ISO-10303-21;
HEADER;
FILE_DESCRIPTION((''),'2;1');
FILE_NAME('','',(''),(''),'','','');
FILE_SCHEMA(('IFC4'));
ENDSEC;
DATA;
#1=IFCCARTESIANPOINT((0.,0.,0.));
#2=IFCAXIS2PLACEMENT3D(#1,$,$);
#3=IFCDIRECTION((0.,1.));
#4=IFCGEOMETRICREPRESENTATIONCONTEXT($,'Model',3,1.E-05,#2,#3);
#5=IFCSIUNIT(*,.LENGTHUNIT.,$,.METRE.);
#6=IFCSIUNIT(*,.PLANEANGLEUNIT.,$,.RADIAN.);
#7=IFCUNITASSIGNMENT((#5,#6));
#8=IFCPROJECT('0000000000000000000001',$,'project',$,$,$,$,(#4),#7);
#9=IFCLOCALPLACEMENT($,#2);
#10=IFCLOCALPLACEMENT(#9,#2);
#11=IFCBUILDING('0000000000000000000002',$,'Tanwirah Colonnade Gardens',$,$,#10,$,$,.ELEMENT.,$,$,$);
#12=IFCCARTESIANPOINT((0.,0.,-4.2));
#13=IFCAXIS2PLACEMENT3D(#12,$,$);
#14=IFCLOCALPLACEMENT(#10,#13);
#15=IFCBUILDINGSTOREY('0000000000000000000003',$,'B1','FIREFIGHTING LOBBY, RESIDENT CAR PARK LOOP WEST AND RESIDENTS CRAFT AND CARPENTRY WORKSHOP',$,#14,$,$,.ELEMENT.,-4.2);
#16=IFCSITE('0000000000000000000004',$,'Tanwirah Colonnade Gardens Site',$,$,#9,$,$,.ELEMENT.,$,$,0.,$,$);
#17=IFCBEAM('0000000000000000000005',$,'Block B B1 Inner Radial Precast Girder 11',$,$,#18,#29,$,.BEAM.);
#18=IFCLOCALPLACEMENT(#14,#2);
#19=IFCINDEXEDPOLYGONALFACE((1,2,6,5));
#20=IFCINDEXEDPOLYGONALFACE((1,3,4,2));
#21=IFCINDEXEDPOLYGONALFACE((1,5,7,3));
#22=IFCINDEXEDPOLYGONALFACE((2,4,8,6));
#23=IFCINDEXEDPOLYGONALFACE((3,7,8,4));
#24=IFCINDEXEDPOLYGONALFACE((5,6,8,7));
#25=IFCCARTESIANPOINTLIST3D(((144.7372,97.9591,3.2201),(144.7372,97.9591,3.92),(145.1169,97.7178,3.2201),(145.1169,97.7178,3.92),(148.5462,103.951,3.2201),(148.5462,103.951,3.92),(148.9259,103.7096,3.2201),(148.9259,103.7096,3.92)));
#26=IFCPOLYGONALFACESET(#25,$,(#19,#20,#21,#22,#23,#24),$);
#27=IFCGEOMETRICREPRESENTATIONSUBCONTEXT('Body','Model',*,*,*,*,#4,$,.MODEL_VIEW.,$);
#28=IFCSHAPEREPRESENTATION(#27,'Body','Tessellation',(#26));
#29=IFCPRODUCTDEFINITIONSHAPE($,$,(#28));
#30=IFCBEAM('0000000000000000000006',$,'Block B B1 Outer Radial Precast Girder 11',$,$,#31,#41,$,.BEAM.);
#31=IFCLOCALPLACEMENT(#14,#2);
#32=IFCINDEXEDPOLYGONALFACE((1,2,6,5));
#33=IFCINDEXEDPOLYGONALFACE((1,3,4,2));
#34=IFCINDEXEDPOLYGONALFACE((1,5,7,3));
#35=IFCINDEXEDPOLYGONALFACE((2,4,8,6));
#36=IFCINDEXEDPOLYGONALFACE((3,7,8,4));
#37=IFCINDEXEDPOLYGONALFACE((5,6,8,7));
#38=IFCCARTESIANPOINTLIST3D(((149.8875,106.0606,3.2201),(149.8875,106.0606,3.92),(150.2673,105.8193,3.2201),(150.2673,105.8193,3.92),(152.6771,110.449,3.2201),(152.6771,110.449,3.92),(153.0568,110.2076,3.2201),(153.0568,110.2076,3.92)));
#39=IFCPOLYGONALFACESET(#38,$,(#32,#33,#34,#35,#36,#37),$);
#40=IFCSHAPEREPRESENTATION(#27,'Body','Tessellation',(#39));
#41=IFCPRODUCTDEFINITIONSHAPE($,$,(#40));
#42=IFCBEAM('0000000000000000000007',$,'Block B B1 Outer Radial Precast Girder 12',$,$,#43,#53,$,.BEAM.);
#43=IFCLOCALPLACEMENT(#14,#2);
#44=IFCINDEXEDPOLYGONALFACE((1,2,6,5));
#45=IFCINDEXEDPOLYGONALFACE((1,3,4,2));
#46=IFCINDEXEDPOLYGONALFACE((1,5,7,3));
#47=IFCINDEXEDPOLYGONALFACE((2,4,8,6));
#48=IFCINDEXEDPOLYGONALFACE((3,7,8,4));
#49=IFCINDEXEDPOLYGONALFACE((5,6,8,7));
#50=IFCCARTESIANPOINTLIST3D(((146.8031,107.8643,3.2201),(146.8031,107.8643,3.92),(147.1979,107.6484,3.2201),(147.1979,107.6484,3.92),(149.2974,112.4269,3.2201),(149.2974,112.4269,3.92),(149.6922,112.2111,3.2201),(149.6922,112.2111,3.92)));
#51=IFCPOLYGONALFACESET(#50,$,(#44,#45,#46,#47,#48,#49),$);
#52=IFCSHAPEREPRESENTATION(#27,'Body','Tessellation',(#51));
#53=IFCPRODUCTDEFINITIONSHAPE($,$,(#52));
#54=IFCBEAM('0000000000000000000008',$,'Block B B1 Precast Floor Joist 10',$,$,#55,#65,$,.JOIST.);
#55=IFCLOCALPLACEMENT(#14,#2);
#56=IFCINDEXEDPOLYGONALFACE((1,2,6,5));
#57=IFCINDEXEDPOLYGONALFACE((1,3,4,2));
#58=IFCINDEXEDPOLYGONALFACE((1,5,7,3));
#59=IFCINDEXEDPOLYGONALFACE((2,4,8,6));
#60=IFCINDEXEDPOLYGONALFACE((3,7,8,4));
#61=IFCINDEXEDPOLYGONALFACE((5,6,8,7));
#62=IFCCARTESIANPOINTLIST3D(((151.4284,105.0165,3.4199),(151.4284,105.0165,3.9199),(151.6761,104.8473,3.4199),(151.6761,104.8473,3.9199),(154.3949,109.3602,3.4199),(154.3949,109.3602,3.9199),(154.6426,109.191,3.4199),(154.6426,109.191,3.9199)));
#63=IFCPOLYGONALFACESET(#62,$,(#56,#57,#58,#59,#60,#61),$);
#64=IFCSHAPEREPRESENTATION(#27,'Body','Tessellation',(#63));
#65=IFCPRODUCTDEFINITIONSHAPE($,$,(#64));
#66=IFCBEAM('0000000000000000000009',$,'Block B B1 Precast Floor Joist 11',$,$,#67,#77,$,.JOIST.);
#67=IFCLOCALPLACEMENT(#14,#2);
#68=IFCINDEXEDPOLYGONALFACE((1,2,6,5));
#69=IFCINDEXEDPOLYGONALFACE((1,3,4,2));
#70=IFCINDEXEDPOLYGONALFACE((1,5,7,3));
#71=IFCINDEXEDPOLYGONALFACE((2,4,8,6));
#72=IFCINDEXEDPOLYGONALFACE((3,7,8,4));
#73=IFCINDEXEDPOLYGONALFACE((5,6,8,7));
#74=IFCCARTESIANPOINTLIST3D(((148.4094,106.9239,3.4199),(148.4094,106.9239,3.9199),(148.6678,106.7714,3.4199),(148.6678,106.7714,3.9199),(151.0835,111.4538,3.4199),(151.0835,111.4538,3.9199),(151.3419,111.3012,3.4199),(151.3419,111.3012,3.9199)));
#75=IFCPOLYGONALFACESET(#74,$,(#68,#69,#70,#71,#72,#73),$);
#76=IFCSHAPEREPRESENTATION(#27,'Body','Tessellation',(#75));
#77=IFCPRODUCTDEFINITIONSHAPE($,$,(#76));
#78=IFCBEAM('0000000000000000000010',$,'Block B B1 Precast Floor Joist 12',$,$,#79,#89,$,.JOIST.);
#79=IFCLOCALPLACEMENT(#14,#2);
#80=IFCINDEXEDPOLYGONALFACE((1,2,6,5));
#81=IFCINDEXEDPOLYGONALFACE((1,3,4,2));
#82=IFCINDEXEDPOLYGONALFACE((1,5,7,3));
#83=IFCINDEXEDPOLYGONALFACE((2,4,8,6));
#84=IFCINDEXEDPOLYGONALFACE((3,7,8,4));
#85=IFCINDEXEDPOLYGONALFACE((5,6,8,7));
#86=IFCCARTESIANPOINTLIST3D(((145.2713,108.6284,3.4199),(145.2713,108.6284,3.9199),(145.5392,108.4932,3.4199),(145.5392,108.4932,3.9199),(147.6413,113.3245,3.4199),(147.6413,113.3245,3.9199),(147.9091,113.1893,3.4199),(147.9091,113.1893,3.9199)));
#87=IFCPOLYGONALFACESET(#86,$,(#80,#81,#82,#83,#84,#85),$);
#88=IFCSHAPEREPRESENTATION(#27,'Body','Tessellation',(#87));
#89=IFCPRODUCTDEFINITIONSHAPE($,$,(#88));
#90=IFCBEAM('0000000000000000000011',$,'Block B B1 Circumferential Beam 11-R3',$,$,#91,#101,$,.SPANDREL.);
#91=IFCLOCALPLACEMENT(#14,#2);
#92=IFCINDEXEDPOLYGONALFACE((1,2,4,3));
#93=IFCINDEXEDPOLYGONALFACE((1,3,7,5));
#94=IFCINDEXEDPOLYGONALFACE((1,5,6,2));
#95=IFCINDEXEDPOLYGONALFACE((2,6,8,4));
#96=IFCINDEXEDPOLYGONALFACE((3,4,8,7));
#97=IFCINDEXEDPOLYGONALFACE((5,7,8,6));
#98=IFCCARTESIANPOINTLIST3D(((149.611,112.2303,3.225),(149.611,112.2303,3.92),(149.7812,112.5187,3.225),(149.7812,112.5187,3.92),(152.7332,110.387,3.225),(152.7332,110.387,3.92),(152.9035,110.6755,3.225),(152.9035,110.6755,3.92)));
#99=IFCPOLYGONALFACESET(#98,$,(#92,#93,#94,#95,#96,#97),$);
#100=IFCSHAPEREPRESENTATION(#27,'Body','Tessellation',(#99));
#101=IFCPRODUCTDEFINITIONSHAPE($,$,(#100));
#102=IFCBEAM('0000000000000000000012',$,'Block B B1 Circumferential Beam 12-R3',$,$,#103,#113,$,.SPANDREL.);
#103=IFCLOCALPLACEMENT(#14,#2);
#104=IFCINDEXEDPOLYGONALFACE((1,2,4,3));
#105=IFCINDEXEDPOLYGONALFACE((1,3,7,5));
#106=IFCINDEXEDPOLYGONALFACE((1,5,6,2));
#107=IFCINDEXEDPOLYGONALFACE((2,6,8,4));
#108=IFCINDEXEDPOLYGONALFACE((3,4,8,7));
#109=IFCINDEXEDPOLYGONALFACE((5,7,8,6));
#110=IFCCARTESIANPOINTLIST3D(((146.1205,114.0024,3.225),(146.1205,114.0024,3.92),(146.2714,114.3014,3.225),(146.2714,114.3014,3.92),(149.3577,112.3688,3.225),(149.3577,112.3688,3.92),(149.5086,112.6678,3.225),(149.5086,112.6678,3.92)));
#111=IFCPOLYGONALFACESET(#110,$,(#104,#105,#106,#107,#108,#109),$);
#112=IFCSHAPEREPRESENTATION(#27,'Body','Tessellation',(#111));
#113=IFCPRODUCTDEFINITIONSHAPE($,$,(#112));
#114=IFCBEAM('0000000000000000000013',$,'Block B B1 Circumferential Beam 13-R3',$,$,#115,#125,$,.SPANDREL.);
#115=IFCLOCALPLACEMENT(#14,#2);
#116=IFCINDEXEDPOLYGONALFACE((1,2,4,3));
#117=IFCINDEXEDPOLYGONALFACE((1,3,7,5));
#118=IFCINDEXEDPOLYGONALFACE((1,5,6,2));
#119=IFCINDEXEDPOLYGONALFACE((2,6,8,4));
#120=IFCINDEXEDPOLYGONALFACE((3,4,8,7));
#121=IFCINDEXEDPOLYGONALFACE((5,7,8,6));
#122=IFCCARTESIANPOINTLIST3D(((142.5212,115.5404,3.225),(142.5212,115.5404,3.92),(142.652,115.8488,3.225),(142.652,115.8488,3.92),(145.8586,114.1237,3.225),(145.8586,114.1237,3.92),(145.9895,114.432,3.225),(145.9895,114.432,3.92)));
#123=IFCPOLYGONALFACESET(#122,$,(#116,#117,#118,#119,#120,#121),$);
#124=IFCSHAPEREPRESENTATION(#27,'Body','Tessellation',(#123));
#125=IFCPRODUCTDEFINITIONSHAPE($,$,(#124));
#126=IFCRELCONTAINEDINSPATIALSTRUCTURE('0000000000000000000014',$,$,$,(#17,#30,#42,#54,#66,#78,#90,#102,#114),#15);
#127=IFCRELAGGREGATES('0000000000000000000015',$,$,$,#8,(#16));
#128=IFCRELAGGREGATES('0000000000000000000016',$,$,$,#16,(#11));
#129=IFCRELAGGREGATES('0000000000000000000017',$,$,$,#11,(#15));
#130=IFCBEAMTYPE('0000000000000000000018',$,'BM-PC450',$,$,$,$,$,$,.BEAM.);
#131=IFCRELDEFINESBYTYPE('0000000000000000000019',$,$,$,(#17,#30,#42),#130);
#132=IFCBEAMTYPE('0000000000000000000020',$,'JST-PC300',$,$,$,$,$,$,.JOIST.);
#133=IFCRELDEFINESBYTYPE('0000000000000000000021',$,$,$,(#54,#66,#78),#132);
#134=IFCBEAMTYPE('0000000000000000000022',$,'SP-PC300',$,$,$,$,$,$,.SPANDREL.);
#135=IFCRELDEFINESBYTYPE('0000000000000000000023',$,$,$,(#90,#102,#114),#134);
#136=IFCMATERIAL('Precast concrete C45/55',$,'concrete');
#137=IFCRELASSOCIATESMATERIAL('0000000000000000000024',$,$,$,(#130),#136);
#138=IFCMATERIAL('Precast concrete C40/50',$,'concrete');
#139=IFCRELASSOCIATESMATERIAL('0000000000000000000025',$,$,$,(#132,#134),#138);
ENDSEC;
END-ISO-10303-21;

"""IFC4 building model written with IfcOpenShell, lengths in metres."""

from ifc_helpers import new_model, si_unit, direction, frame, origin, origin_2d, place, context, subcontext, project, spatial, rectangle, extrude, material, material_profile, profile_set, type_object, element, save


model = new_model("IFC4")

# Units and contexts
model_context = context("Model", 3, precision=1e-05, world=origin(), true_north=direction((0.0, 1.0)))
body_context = subcontext(model_context, "Body", "Model", "MODEL_VIEW")
ifc_project = project(units=[si_unit("LENGTHUNIT", "METRE"), si_unit("PLANEANGLEUNIT", "RADIAN")], contexts=[model_context])

# Site, building, storey
site_placement = place(None, origin())
site = spatial("IfcSite", under=ifc_project, at=site_placement, Name="Tanwirah Colonnade Gardens Site", CompositionType="ELEMENT", RefElevation=0.0)
building_placement = place(site_placement, origin())
building = spatial("IfcBuilding", under=site, at=building_placement, Name="Tanwirah Colonnade Gardens", CompositionType="ELEMENT")
storey_placement = place(building_placement, frame((0.0, 0.0, -4.2)))
storey = spatial("IfcBuildingStorey", under=building, at=storey_placement, Name="B1", Description="FIREFIGHTING LOBBY, RESIDENT CAR PARK LOOP WEST AND RESIDENTS CRAFT AND CARPENTRY WORKSHOP", CompositionType="ELEMENT", Elevation=-4.2)

# Beams
ifc_material_1 = material(Name="Precast concrete C40/50", Category="concrete")
ifc_material_2 = material(Name="Precast concrete C45/55", Category="concrete")
ifc_material_profile_1 = material_profile(ifc_material_2, rectangle(XDim=0.45, YDim=0.7, at=origin_2d()), Name="PC-BM 450x700")
ifc_profile_set_1 = profile_set([ifc_material_profile_1], Name="Precast concrete C45/55")
beam_type_1 = type_object("IfcBeamType", Name="BM-PC450", PredefinedType="BEAM", material=ifc_profile_set_1)
beam_1_placement = place(storey_placement, frame((148.7361, 103.8303, 3.5701), z_axis=(-0.536477, -0.843915, 0.0), x_axis=(0.843915, -0.536477, 0.0)))
element("IfcBeam", 1, at=beam_1_placement, inside=storey, type_object=beam_type_1, Name="Block B B1 Inner Radial Precast Girder 11", PredefinedType="BEAM", context=body_context, shape_type="SweptSolid", body=[
    extrude(rectangle(XDim=0.45, YDim=0.7, at=origin_2d()), origin(), (0.0, 0.0, 1.0), 7.1001),
])
for number, where, z_axis, x_axis, name in (
    (2, (150.0774, 105.9399, 3.5701), (0.536453, 0.84393, 0.0), (-0.84393, 0.536453, 0.0), "Block B B1 Outer Radial Precast Girder 11"),
    (3, (147.0005, 107.7563, 3.5701), (0.479684, 0.877441, 0.0), (-0.877441, 0.479684, 0.0), "Block B B1 Outer Radial Precast Girder 12"),
):
    element("IfcBeam", number, at=place(storey_placement, frame(where, z_axis=z_axis, x_axis=x_axis)), inside=storey, type_object=beam_type_1, Name=name, PredefinedType="BEAM", context=body_context, shape_type="SweptSolid", body=[
        extrude(rectangle(XDim=0.45, YDim=0.7, at=origin_2d()), origin(), (0.0, 0.0, 1.0), 5.2),
    ])
ifc_material_profile_2 = material_profile(ifc_material_1, rectangle(XDim=0.3, YDim=0.5, at=origin_2d()), Name="PC-JST 300x500")
ifc_profile_set_2 = profile_set([ifc_material_profile_2], Name="Precast concrete C40/50")
beam_type_2 = type_object("IfcBeamType", Name="JST-PC300", PredefinedType="JOIST", material=ifc_profile_set_2)
beam_2_placement = place(storey_placement, frame((151.5522, 104.9319, 3.6699), z_axis=(0.563973, 0.825793, 0.0), x_axis=(-0.825793, 0.563973, 0.0)))
element("IfcBeam", 4, at=beam_2_placement, inside=storey, type_object=beam_type_2, Name="Block B B1 Precast Floor Joist 10", PredefinedType="JOIST", context=body_context, shape_type="SweptSolid", body=[
    extrude(rectangle(XDim=0.3, YDim=0.5, at=origin_2d()), origin(), (0.0, 0.0, 1.0), 5.26),
])
for number, where, z_axis, x_axis, name in (
    (5, (148.5386, 106.8477, 3.6699), (0.50836, 0.861145, 0.0), (-0.861145, 0.50836, 0.0), "Block B B1 Precast Floor Joist 11"),
    (6, (145.4053, 108.5608, 3.6699), (0.450534, 0.892759, 0.0), (-0.892759, 0.450534, 0.0), "Block B B1 Precast Floor Joist 12"),
):
    element("IfcBeam", number, at=place(storey_placement, frame(where, z_axis=z_axis, x_axis=x_axis)), inside=storey, type_object=beam_type_2, Name=name, PredefinedType="JOIST", context=body_context, shape_type="SweptSolid", body=[
        extrude(rectangle(XDim=0.3, YDim=0.5, at=origin_2d()), origin(), (0.0, 0.0, 1.0), 5.2603),
    ])
ifc_material_profile_3 = material_profile(ifc_material_1, rectangle(XDim=0.335, YDim=0.6951, at=origin_2d()), Name="PC-SP 335x695")
ifc_profile_set_3 = profile_set([ifc_material_profile_3], Name="Precast concrete C40/50")
beam_type_3 = type_object("IfcBeamType", Name="SP-PC300", PredefinedType="SPANDREL", material=ifc_profile_set_3)
beam_3_placement = place(storey_placement, frame((152.8184, 110.5312, 3.5725), z_axis=(-0.861137, 0.508373, 0.0), x_axis=(-0.508373, -0.861137, 0.0)))
element("IfcBeam", 7, at=beam_3_placement, inside=storey, type_object=beam_type_3, Name="Block B B1 Circumferential Beam 11-R3", PredefinedType="SPANDREL", context=body_context, shape_type="SweptSolid", body=[
    extrude(rectangle(XDim=0.335, YDim=0.6951, at=origin_2d()), origin(), (0.0, 0.0, 1.0), 3.6257),
])
beam_4_placement = place(storey_placement, frame((149.4331, 112.5183, 3.5725), z_axis=(-0.892765, 0.450523, 0.0), x_axis=(-0.450523, -0.892765, 0.0)))
element("IfcBeam", 8, at=beam_4_placement, inside=storey, type_object=beam_type_3, Name="Block B B1 Circumferential Beam 12-R3", PredefinedType="SPANDREL", context=body_context, shape_type="SweptSolid", body=[
    extrude(rectangle(XDim=0.335, YDim=0.6951, at=origin_2d()), origin(), (0.0, 0.0, 1.0), 3.626),
])
beam_5_placement = place(storey_placement, frame((145.9241, 114.2778, 3.5725), z_axis=(-0.920494, 0.390756, 0.0), x_axis=(-0.390756, -0.920494, 0.0)))
element("IfcBeam", 9, at=beam_5_placement, inside=storey, type_object=beam_type_3, Name="Block B B1 Circumferential Beam 13-R3", PredefinedType="SPANDREL", context=body_context, shape_type="SweptSolid", body=[
    extrude(rectangle(XDim=0.335, YDim=0.6951, at=origin_2d()), origin(), (0.0, 0.0, 1.0), 3.6257),
])

save(model, "model.ifc")
